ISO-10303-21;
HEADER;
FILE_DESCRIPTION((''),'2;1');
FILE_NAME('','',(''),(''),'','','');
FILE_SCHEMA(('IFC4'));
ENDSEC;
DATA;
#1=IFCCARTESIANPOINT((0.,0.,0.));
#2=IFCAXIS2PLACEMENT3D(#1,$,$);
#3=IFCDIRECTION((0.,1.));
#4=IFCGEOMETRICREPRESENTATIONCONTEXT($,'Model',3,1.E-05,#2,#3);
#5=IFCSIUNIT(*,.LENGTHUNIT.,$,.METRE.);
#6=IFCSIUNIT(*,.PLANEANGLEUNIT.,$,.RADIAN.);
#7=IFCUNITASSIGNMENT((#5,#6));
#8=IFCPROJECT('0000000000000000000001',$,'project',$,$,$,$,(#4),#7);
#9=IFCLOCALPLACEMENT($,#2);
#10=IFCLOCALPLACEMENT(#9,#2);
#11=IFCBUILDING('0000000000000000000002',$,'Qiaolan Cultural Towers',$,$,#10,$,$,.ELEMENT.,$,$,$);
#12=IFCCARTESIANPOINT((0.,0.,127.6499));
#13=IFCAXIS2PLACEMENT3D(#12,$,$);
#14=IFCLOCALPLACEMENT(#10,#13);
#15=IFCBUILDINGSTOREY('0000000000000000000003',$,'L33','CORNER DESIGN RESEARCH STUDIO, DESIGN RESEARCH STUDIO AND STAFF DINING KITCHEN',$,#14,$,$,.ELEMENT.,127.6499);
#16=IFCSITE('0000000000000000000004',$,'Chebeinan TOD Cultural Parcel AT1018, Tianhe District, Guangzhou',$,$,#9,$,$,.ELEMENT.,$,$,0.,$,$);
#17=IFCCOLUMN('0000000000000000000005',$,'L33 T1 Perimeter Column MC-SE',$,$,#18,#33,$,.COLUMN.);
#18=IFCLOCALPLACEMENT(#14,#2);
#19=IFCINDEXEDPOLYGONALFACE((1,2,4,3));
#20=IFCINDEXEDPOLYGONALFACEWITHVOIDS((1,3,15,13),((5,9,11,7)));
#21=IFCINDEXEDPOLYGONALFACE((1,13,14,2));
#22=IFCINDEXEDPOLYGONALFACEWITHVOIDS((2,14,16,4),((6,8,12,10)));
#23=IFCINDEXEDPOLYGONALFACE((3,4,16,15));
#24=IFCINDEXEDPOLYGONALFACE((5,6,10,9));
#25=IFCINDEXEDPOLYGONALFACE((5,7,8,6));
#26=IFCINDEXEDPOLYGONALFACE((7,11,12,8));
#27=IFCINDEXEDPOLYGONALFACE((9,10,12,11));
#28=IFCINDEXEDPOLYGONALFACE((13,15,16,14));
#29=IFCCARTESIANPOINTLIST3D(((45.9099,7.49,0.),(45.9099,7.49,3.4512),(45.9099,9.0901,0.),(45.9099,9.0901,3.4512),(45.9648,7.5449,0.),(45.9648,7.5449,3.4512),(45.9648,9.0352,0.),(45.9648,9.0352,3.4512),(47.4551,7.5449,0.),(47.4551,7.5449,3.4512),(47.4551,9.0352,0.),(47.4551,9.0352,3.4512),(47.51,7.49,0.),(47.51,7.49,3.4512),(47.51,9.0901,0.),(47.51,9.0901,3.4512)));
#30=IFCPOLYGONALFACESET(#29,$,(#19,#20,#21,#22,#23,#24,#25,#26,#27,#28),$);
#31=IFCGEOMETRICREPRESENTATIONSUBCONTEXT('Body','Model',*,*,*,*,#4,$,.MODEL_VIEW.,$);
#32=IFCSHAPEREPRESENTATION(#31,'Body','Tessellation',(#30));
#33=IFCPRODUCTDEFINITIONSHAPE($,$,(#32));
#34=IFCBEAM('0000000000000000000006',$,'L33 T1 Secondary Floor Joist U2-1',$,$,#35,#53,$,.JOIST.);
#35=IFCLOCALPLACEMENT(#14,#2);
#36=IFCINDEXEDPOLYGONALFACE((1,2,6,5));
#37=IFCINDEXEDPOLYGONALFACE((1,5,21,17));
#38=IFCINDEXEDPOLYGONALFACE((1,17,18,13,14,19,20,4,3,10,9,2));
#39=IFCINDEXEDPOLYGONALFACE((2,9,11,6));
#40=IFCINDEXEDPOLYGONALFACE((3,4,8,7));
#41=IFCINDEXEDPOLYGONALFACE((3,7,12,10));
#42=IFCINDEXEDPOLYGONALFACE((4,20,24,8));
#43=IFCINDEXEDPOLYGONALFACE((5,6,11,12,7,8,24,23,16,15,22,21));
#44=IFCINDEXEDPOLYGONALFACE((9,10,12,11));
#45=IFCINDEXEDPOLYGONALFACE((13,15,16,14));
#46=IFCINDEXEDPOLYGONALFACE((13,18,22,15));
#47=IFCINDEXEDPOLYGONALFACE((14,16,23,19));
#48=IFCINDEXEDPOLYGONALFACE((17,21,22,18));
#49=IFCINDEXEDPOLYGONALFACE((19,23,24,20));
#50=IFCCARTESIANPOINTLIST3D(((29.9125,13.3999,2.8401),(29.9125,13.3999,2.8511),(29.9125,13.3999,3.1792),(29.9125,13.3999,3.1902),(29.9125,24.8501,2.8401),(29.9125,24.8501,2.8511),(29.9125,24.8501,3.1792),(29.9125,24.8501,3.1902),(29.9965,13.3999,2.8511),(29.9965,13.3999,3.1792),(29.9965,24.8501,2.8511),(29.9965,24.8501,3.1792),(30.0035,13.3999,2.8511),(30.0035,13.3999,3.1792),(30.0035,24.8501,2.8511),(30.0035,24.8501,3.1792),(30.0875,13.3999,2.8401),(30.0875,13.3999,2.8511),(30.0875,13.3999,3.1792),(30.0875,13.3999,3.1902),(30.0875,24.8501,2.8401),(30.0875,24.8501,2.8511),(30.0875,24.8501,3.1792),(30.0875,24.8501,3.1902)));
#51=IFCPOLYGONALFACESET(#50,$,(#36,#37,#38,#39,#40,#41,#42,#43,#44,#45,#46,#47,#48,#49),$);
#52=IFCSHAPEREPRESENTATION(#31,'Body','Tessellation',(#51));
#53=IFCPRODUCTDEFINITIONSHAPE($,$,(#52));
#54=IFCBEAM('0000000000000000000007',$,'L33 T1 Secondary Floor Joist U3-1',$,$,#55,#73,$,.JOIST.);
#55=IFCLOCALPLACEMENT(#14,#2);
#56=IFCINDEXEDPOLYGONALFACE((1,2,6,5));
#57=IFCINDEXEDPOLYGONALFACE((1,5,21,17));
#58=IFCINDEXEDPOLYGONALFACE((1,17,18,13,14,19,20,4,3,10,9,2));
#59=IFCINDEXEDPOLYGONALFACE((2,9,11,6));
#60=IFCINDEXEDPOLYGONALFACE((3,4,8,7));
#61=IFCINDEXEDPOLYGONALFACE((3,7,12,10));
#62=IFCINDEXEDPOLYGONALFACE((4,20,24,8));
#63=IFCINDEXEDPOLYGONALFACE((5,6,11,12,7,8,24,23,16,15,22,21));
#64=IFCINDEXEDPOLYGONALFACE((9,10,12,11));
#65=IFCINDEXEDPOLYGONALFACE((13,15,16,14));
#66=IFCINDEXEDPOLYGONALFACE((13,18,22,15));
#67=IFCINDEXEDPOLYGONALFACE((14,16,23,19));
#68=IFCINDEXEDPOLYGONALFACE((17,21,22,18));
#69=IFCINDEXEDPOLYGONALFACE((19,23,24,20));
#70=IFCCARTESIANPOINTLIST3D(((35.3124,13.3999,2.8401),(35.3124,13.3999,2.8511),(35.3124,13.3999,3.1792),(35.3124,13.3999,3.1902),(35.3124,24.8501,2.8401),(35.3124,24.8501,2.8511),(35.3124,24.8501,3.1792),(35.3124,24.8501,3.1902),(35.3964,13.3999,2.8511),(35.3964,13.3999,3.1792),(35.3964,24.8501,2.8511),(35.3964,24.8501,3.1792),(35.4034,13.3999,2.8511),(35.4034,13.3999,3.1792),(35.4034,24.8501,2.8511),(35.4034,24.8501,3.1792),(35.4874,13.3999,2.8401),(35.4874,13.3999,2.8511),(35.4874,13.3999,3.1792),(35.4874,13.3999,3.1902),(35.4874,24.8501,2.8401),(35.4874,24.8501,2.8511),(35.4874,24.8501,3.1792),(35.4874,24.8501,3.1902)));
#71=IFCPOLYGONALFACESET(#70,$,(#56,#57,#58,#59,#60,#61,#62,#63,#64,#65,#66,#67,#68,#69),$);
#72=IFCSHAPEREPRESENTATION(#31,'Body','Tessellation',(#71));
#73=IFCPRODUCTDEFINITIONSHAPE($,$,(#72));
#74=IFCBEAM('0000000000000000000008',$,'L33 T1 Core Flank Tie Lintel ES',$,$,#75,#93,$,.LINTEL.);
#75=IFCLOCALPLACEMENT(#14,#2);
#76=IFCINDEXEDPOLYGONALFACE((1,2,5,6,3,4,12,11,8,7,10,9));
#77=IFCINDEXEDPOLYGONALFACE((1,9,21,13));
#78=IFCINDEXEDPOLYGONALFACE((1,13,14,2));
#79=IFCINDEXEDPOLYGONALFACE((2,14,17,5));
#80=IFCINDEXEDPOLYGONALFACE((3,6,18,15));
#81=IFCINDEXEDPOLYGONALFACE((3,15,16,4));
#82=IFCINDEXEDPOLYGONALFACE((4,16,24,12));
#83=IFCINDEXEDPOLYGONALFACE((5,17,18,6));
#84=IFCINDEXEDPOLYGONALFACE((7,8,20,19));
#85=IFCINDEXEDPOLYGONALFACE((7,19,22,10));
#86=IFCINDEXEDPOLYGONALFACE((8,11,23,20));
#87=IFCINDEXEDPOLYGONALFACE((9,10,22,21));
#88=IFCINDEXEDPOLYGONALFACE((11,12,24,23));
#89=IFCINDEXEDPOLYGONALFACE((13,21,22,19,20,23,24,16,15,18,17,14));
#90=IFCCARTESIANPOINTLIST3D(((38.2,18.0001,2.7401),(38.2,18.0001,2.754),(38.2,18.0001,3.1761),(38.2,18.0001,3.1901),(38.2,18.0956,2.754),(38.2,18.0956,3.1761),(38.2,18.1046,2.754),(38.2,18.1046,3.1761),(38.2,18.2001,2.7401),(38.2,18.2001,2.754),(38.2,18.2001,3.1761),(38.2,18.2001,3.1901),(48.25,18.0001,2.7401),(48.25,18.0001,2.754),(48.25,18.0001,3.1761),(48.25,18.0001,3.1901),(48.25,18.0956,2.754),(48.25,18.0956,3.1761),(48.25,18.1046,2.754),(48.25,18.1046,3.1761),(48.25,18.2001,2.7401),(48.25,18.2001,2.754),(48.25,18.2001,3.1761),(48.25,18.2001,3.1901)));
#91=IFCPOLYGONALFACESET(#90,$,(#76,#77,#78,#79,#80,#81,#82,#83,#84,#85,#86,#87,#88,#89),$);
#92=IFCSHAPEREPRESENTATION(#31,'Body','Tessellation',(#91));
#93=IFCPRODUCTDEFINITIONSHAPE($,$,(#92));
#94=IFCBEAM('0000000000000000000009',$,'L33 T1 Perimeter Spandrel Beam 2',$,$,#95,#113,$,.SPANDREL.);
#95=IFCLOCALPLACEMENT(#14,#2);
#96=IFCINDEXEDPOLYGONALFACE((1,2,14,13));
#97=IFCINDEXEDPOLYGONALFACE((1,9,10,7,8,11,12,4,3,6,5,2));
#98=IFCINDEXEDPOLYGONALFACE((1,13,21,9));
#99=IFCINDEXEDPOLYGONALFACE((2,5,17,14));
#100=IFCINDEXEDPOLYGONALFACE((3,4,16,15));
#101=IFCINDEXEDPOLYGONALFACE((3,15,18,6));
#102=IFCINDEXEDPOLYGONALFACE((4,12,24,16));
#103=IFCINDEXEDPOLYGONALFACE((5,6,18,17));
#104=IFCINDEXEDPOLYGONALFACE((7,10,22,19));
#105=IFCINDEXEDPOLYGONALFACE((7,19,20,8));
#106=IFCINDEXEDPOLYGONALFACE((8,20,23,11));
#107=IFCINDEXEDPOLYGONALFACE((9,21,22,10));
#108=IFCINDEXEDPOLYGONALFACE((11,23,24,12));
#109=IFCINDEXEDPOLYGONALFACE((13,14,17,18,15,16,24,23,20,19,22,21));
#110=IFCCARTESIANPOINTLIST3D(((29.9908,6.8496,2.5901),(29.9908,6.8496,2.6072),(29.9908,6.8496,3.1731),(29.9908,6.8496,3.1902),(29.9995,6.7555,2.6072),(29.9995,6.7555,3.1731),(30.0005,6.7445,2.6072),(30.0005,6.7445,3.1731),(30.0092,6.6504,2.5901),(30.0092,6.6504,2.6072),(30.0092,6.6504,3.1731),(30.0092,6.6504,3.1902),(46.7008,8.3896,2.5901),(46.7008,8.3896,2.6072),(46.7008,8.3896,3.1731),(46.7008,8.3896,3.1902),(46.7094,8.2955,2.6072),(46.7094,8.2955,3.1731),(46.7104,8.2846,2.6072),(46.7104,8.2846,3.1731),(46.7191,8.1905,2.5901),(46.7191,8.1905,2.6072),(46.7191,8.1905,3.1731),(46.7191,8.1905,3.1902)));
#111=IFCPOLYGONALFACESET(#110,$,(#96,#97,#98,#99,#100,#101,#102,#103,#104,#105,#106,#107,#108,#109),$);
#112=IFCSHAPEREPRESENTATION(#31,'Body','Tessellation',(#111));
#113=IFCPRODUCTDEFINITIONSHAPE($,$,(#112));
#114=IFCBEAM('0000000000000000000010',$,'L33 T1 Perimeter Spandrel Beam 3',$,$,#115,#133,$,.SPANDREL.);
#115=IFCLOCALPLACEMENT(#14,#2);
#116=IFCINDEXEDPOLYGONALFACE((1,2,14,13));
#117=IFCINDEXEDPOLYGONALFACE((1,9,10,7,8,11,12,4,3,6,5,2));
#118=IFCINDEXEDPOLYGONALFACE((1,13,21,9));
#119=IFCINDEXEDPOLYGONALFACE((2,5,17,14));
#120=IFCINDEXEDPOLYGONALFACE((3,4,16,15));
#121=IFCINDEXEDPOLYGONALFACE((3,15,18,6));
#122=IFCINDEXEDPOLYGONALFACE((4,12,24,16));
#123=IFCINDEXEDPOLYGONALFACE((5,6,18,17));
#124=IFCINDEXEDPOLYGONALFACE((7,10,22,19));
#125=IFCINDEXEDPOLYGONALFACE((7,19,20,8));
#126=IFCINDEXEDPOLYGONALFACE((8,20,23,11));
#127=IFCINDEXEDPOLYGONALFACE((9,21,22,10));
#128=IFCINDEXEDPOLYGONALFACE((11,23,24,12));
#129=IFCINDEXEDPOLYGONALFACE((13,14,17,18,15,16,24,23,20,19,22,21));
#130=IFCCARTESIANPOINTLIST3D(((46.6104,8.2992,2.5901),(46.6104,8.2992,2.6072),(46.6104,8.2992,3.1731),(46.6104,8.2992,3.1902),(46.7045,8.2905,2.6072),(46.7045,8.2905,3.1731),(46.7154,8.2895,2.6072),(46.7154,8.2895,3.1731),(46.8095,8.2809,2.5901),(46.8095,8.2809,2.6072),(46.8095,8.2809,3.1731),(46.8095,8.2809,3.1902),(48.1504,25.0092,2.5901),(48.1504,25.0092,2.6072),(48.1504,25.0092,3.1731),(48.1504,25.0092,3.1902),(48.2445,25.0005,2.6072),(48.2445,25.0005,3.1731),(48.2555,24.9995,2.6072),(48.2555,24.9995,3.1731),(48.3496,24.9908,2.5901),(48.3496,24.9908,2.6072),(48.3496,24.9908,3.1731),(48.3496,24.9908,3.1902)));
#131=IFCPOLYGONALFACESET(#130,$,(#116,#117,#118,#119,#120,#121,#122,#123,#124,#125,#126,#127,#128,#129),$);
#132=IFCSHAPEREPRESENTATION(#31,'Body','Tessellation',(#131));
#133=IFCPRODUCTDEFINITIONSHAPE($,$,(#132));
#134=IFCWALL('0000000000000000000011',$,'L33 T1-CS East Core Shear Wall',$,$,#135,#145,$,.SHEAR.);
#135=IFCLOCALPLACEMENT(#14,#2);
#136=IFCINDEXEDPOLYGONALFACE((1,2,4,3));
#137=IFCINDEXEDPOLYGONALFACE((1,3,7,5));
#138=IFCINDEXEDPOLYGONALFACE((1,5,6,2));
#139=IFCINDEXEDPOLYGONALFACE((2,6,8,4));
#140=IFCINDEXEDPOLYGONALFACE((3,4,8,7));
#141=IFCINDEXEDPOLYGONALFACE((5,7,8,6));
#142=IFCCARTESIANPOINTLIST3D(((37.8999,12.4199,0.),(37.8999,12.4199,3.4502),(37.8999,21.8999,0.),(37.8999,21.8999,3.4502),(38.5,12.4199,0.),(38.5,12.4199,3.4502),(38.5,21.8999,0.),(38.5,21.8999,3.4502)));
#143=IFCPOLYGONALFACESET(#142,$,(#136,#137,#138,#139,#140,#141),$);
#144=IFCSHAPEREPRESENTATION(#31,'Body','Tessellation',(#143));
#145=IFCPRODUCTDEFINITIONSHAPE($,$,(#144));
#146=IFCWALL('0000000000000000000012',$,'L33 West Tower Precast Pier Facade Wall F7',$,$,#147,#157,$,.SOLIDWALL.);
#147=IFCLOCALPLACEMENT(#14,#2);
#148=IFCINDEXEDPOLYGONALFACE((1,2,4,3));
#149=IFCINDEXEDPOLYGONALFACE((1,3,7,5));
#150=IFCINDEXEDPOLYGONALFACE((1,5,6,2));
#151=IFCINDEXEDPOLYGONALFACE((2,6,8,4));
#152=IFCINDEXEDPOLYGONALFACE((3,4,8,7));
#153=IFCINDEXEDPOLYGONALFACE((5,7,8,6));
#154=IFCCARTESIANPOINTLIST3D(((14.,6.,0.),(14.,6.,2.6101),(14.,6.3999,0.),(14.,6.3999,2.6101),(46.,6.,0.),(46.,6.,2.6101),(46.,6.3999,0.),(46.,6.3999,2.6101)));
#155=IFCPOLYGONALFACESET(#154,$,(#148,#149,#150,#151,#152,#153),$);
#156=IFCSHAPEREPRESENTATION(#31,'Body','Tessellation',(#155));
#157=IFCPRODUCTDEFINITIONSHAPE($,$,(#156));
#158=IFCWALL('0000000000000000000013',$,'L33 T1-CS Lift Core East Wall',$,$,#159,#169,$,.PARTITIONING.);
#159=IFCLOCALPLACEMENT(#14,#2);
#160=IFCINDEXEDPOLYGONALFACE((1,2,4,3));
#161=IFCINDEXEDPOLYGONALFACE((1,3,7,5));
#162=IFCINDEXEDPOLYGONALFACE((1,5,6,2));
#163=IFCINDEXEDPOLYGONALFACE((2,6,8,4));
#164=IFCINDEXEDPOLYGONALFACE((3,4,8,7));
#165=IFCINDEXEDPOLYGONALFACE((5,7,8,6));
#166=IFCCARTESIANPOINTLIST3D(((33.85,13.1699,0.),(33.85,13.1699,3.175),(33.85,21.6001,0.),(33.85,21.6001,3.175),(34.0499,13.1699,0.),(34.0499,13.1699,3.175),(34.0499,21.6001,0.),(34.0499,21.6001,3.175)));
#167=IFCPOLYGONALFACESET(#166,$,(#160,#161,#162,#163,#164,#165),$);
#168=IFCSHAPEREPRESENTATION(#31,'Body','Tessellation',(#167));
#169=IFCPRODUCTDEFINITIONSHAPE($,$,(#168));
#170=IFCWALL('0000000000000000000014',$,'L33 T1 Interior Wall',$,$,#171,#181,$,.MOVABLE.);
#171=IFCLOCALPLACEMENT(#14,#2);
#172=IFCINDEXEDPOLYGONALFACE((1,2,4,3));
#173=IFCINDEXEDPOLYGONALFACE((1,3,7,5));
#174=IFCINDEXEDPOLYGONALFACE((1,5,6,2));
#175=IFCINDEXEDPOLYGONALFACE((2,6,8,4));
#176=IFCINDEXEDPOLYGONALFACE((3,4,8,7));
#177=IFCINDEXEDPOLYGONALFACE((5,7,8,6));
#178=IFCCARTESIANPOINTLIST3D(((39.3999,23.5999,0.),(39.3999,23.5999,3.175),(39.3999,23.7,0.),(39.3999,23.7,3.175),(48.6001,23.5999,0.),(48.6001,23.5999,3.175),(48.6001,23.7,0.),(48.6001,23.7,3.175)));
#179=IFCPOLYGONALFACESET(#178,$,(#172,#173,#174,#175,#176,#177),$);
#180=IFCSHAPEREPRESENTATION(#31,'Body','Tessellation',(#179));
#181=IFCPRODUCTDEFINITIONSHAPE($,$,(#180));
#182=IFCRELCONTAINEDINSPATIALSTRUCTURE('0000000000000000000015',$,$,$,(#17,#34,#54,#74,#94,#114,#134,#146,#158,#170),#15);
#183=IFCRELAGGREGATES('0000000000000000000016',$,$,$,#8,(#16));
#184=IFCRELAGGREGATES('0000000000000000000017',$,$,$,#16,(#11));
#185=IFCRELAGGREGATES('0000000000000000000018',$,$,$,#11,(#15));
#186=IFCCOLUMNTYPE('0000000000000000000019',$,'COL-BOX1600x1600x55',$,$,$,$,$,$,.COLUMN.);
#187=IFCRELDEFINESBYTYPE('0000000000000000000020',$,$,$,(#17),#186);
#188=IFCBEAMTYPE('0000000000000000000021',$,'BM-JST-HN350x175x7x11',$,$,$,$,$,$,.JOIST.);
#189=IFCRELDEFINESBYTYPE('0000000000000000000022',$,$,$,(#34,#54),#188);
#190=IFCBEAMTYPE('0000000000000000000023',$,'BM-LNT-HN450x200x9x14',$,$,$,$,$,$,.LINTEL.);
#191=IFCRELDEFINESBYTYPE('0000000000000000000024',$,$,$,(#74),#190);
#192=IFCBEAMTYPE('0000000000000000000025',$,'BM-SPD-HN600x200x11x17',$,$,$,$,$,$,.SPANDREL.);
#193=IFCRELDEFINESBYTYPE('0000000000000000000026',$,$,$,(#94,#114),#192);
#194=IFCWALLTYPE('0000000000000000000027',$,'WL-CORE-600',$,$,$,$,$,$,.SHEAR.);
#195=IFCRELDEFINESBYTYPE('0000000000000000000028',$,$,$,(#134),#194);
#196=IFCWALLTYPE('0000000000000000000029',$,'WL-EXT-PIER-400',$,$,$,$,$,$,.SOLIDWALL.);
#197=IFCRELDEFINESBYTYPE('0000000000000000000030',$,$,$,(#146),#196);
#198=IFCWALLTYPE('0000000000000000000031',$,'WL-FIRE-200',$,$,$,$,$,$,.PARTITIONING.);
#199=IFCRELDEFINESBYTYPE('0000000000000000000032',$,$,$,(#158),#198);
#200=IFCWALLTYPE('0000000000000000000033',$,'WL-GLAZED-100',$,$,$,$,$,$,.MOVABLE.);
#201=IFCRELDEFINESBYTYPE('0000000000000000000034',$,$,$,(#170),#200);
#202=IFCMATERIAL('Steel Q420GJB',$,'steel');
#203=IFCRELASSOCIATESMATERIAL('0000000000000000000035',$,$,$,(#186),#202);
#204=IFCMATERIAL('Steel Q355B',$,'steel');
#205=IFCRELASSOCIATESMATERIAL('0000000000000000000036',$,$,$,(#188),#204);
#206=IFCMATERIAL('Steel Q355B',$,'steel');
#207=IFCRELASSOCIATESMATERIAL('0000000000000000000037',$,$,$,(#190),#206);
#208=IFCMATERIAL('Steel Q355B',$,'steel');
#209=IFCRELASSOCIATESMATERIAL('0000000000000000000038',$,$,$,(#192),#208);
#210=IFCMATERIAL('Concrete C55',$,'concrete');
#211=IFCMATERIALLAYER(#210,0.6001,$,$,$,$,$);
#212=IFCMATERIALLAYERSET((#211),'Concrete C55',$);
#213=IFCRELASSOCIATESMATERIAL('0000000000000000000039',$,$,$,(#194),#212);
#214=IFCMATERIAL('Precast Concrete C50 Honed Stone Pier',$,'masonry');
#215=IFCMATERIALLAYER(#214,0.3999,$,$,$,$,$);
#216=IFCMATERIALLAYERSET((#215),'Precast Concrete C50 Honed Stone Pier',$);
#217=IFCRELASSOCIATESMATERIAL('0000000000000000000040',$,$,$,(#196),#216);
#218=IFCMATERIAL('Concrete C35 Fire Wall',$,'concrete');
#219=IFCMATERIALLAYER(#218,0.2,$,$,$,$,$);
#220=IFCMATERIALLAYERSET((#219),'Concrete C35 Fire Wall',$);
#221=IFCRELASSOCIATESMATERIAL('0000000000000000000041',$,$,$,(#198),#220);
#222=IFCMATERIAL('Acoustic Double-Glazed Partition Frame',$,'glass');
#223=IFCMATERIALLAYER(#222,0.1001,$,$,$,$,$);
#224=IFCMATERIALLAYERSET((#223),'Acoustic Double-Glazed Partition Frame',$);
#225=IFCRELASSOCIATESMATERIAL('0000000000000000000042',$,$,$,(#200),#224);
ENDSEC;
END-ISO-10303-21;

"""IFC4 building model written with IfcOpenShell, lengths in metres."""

from ifc_helpers import new_model, si_unit, direction, frame, frame_2d, origin, origin_2d, place, context, subcontext, project, spatial, rectangle, hollow_rectangle, i_section, extrude, material, layer, layer_set, material_profile, profile_set, type_object, element, save


model = new_model("IFC4")

# Units and contexts
model_context = context("Model", 3, precision=1e-05, world=origin(), true_north=direction((0.0, 1.0)))
body_context = subcontext(model_context, "Body", "Model", "MODEL_VIEW")
ifc_project = project(units=[si_unit("LENGTHUNIT", "METRE"), si_unit("PLANEANGLEUNIT", "RADIAN")], contexts=[model_context])

# Site, building, storey
site_placement = place(None, origin())
site = spatial("IfcSite", under=ifc_project, at=site_placement, Name="Chebeinan TOD Cultural Parcel AT1018, Tianhe District, Guangzhou", CompositionType="ELEMENT", RefElevation=0.0)
building_placement = place(site_placement, origin())
building = spatial("IfcBuilding", under=site, at=building_placement, Name="Qiaolan Cultural Towers", CompositionType="ELEMENT")
storey_placement = place(building_placement, frame((0.0, 0.0, 127.6499)))
storey = spatial("IfcBuildingStorey", under=building, at=storey_placement, Name="L33", Description="CORNER DESIGN RESEARCH STUDIO, DESIGN RESEARCH STUDIO AND STAFF DINING KITCHEN", CompositionType="ELEMENT", Elevation=127.6499)

# Column
ifc_material_1 = material(Name="Steel Q420GJB", Category="steel")
ifc_material_profile_1 = material_profile(ifc_material_1, hollow_rectangle(XDim=1.6001, YDim=1.6001, WallThickness=0.0549, at=origin_2d()), Name="BOX1600x1600x55")
ifc_profile_set_1 = profile_set([ifc_material_profile_1], Name="Steel Q420GJB")
column_type = type_object("IfcColumnType", Name="COL-BOX1600x1600x55", PredefinedType="COLUMN", material=ifc_profile_set_1)
column_placement = place(storey_placement, frame((46.71, 8.29, 0.0), z_axis=(0.0, 0.0, 1.0), x_axis=(1.0, 0.0, 0.0)))
element("IfcColumn", 1, at=column_placement, inside=storey, type_object=column_type, Name="L33 T1 Perimeter Column MC-SE", PredefinedType="COLUMN", context=body_context, shape_type="SweptSolid", body=[
    extrude(hollow_rectangle(XDim=1.6001, YDim=1.6001, WallThickness=0.0549, at=origin_2d()), origin(), (0.0, 0.0, 1.0), 3.4512),
])

# Beams
ifc_material_2 = material(Name="Steel Q355B", Category="steel")
ifc_material_profile_2 = material_profile(ifc_material_2, i_section(OverallWidth=0.175, OverallDepth=0.3501, WebThickness=0.0071, FlangeThickness=0.011, at=origin_2d()), Name="HN350x175x7x11")
ifc_profile_set_2 = profile_set([ifc_material_profile_2], Name="Steel Q355B")
beam_type_1 = type_object("IfcBeamType", Name="BM-JST-HN350x175x7x11", PredefinedType="JOIST", material=ifc_profile_set_2)
for number, where, z_axis, x_axis, name in (
    (2, (30.0, 13.3999, 3.0151), (0.0, 1.0, 0.0), (-1.0, 0.0, 0.0), "L33 T1 Secondary Floor Joist U2-1"),
    (3, (35.3999, 13.3999, 3.0151), (0.0, 1.0, 0.0), (-1.0, 0.0, 0.0), "L33 T1 Secondary Floor Joist U3-1"),
):
    element("IfcBeam", number, at=place(storey_placement, frame(where, z_axis=z_axis, x_axis=x_axis)), inside=storey, type_object=beam_type_1, Name=name, PredefinedType="JOIST", context=body_context, shape_type="SweptSolid", body=[
        extrude(i_section(OverallWidth=0.175, OverallDepth=0.3501, WebThickness=0.0071, FlangeThickness=0.011, at=origin_2d()), origin(), (0.0, 0.0, 1.0), 11.4502),
    ])
ifc_material_3 = material(Name="Steel Q355B", Category="steel")
ifc_material_profile_3 = material_profile(ifc_material_3, i_section(OverallWidth=0.2, OverallDepth=0.45, WebThickness=0.009, FlangeThickness=0.0139, at=origin_2d()), Name="HN450x200x9x14")
ifc_profile_set_3 = profile_set([ifc_material_profile_3], Name="Steel Q355B")
beam_type_2 = type_object("IfcBeamType", Name="BM-LNT-HN450x200x9x14", PredefinedType="LINTEL", material=ifc_profile_set_3)
beam_placement = place(storey_placement, frame((38.2, 18.1001, 2.9651), z_axis=(1.0, 0.0, 0.0), x_axis=(0.0, 1.0, 0.0)))
element("IfcBeam", 4, at=beam_placement, inside=storey, type_object=beam_type_2, Name="L33 T1 Core Flank Tie Lintel ES", PredefinedType="LINTEL", context=body_context, shape_type="SweptSolid", body=[
    extrude(i_section(OverallWidth=0.2, OverallDepth=0.45, WebThickness=0.009, FlangeThickness=0.0139, at=origin_2d()), origin(), (0.0, 0.0, 1.0), 10.05),
])
ifc_material_4 = material(Name="Steel Q355B", Category="steel")
ifc_material_profile_4 = material_profile(ifc_material_4, i_section(OverallWidth=0.2, OverallDepth=0.6001, WebThickness=0.011, FlangeThickness=0.0171, at=origin_2d()), Name="HN600x200x11x17")
ifc_profile_set_4 = profile_set([ifc_material_profile_4], Name="Steel Q355B")
beam_type_3 = type_object("IfcBeamType", Name="BM-SPD-HN600x200x11x17", PredefinedType="SPANDREL", material=ifc_profile_set_4)
for number, where, z_axis, x_axis, name in (
    (5, (30.0, 6.75, 2.8901), (0.99578, 0.091774, 0.0), (-0.091774, 0.99578, 0.0), "L33 T1 Perimeter Spandrel Beam 2"),
    (6, (46.71, 8.29, 2.8901), (0.091774, 0.99578, 0.0), (-0.99578, 0.091774, 0.0), "L33 T1 Perimeter Spandrel Beam 3"),
):
    element("IfcBeam", number, at=place(storey_placement, frame(where, z_axis=z_axis, x_axis=x_axis)), inside=storey, type_object=beam_type_3, Name=name, PredefinedType="SPANDREL", context=body_context, shape_type="SweptSolid", body=[
        extrude(i_section(OverallWidth=0.2, OverallDepth=0.6001, WebThickness=0.011, FlangeThickness=0.0171, at=origin_2d()), origin(), (0.0, 0.0, 1.0), 16.7808),
    ])

# Walls
ifc_material_5 = material(Name="Concrete C55", Category="concrete")
ifc_layer_1 = layer(ifc_material_5, 0.6001)
ifc_layer_set_1 = layer_set([ifc_layer_1], Name="Concrete C55")
wall_type_1 = type_object("IfcWallType", Name="WL-CORE-600", PredefinedType="SHEAR", material=ifc_layer_set_1)
wall_1_placement = place(storey_placement, frame((38.2, 21.8999, 0.0), z_axis=(0.0, 0.0, 1.0), x_axis=(0.0, -1.0, 0.0)))
element("IfcWall", 7, at=wall_1_placement, inside=storey, type_object=wall_type_1, Name="L33 T1-CS East Core Shear Wall", PredefinedType="SHEAR", context=body_context, shape_type="SweptSolid", body=[
    extrude(rectangle(XDim=9.48, YDim=0.6001, at=frame_2d((4.74, 0.0))), origin(), (0.0, 0.0, 1.0), 3.4502),
])
ifc_material_6 = material(Name="Precast Concrete C50 Honed Stone Pier", Category="masonry")
ifc_layer_2 = layer(ifc_material_6, 0.3999)
ifc_layer_set_2 = layer_set([ifc_layer_2], Name="Precast Concrete C50 Honed Stone Pier")
wall_type_2 = type_object("IfcWallType", Name="WL-EXT-PIER-400", PredefinedType="SOLIDWALL", material=ifc_layer_set_2)
wall_2_placement = place(storey_placement, frame((46.0, 6.2, 0.0), z_axis=(0.0, 0.0, 1.0), x_axis=(-1.0, 0.0, 0.0)))
element("IfcWall", 8, at=wall_2_placement, inside=storey, type_object=wall_type_2, Name="L33 West Tower Precast Pier Facade Wall F7", PredefinedType="SOLIDWALL", context=body_context, shape_type="SweptSolid", body=[
    extrude(rectangle(XDim=32.0, YDim=0.3999, at=frame_2d((16.0, 0.0))), origin(), (0.0, 0.0, 1.0), 2.6101),
])
ifc_material_7 = material(Name="Concrete C35 Fire Wall", Category="concrete")
ifc_layer_3 = layer(ifc_material_7, 0.2)
ifc_layer_set_3 = layer_set([ifc_layer_3], Name="Concrete C35 Fire Wall")
wall_type_3 = type_object("IfcWallType", Name="WL-FIRE-200", PredefinedType="PARTITIONING", material=ifc_layer_set_3)
wall_3_placement = place(storey_placement, frame((33.95, 21.6001, 0.0), z_axis=(0.0, 0.0, 1.0), x_axis=(0.0, -1.0, 0.0)))
element("IfcWall", 9, at=wall_3_placement, inside=storey, type_object=wall_type_3, Name="L33 T1-CS Lift Core East Wall", PredefinedType="PARTITIONING", context=body_context, shape_type="SweptSolid", body=[
    extrude(rectangle(XDim=8.4302, YDim=0.2, at=frame_2d((4.2151, 0.0))), origin(), (0.0, 0.0, 1.0), 3.175),
])
ifc_material_8 = material(Name="Acoustic Double-Glazed Partition Frame", Category="glass")
ifc_layer_4 = layer(ifc_material_8, 0.1001)
ifc_layer_set_4 = layer_set([ifc_layer_4], Name="Acoustic Double-Glazed Partition Frame")
wall_type_4 = type_object("IfcWallType", Name="WL-GLAZED-100", PredefinedType="MOVABLE", material=ifc_layer_set_4)
wall_4_placement = place(storey_placement, frame((39.3999, 23.6499, 0.0), z_axis=(0.0, 0.0, 1.0), x_axis=(1.0, 0.0, 0.0)))
element("IfcWall", 10, at=wall_4_placement, inside=storey, type_object=wall_type_4, Name="L33 T1 Interior Wall", PredefinedType="MOVABLE", context=body_context, shape_type="SweptSolid", body=[
    extrude(rectangle(XDim=9.2002, YDim=0.1001, at=frame_2d((4.6001, 0.0))), origin(), (0.0, 0.0, 1.0), 3.175),
])

save(model, "model.ifc")
